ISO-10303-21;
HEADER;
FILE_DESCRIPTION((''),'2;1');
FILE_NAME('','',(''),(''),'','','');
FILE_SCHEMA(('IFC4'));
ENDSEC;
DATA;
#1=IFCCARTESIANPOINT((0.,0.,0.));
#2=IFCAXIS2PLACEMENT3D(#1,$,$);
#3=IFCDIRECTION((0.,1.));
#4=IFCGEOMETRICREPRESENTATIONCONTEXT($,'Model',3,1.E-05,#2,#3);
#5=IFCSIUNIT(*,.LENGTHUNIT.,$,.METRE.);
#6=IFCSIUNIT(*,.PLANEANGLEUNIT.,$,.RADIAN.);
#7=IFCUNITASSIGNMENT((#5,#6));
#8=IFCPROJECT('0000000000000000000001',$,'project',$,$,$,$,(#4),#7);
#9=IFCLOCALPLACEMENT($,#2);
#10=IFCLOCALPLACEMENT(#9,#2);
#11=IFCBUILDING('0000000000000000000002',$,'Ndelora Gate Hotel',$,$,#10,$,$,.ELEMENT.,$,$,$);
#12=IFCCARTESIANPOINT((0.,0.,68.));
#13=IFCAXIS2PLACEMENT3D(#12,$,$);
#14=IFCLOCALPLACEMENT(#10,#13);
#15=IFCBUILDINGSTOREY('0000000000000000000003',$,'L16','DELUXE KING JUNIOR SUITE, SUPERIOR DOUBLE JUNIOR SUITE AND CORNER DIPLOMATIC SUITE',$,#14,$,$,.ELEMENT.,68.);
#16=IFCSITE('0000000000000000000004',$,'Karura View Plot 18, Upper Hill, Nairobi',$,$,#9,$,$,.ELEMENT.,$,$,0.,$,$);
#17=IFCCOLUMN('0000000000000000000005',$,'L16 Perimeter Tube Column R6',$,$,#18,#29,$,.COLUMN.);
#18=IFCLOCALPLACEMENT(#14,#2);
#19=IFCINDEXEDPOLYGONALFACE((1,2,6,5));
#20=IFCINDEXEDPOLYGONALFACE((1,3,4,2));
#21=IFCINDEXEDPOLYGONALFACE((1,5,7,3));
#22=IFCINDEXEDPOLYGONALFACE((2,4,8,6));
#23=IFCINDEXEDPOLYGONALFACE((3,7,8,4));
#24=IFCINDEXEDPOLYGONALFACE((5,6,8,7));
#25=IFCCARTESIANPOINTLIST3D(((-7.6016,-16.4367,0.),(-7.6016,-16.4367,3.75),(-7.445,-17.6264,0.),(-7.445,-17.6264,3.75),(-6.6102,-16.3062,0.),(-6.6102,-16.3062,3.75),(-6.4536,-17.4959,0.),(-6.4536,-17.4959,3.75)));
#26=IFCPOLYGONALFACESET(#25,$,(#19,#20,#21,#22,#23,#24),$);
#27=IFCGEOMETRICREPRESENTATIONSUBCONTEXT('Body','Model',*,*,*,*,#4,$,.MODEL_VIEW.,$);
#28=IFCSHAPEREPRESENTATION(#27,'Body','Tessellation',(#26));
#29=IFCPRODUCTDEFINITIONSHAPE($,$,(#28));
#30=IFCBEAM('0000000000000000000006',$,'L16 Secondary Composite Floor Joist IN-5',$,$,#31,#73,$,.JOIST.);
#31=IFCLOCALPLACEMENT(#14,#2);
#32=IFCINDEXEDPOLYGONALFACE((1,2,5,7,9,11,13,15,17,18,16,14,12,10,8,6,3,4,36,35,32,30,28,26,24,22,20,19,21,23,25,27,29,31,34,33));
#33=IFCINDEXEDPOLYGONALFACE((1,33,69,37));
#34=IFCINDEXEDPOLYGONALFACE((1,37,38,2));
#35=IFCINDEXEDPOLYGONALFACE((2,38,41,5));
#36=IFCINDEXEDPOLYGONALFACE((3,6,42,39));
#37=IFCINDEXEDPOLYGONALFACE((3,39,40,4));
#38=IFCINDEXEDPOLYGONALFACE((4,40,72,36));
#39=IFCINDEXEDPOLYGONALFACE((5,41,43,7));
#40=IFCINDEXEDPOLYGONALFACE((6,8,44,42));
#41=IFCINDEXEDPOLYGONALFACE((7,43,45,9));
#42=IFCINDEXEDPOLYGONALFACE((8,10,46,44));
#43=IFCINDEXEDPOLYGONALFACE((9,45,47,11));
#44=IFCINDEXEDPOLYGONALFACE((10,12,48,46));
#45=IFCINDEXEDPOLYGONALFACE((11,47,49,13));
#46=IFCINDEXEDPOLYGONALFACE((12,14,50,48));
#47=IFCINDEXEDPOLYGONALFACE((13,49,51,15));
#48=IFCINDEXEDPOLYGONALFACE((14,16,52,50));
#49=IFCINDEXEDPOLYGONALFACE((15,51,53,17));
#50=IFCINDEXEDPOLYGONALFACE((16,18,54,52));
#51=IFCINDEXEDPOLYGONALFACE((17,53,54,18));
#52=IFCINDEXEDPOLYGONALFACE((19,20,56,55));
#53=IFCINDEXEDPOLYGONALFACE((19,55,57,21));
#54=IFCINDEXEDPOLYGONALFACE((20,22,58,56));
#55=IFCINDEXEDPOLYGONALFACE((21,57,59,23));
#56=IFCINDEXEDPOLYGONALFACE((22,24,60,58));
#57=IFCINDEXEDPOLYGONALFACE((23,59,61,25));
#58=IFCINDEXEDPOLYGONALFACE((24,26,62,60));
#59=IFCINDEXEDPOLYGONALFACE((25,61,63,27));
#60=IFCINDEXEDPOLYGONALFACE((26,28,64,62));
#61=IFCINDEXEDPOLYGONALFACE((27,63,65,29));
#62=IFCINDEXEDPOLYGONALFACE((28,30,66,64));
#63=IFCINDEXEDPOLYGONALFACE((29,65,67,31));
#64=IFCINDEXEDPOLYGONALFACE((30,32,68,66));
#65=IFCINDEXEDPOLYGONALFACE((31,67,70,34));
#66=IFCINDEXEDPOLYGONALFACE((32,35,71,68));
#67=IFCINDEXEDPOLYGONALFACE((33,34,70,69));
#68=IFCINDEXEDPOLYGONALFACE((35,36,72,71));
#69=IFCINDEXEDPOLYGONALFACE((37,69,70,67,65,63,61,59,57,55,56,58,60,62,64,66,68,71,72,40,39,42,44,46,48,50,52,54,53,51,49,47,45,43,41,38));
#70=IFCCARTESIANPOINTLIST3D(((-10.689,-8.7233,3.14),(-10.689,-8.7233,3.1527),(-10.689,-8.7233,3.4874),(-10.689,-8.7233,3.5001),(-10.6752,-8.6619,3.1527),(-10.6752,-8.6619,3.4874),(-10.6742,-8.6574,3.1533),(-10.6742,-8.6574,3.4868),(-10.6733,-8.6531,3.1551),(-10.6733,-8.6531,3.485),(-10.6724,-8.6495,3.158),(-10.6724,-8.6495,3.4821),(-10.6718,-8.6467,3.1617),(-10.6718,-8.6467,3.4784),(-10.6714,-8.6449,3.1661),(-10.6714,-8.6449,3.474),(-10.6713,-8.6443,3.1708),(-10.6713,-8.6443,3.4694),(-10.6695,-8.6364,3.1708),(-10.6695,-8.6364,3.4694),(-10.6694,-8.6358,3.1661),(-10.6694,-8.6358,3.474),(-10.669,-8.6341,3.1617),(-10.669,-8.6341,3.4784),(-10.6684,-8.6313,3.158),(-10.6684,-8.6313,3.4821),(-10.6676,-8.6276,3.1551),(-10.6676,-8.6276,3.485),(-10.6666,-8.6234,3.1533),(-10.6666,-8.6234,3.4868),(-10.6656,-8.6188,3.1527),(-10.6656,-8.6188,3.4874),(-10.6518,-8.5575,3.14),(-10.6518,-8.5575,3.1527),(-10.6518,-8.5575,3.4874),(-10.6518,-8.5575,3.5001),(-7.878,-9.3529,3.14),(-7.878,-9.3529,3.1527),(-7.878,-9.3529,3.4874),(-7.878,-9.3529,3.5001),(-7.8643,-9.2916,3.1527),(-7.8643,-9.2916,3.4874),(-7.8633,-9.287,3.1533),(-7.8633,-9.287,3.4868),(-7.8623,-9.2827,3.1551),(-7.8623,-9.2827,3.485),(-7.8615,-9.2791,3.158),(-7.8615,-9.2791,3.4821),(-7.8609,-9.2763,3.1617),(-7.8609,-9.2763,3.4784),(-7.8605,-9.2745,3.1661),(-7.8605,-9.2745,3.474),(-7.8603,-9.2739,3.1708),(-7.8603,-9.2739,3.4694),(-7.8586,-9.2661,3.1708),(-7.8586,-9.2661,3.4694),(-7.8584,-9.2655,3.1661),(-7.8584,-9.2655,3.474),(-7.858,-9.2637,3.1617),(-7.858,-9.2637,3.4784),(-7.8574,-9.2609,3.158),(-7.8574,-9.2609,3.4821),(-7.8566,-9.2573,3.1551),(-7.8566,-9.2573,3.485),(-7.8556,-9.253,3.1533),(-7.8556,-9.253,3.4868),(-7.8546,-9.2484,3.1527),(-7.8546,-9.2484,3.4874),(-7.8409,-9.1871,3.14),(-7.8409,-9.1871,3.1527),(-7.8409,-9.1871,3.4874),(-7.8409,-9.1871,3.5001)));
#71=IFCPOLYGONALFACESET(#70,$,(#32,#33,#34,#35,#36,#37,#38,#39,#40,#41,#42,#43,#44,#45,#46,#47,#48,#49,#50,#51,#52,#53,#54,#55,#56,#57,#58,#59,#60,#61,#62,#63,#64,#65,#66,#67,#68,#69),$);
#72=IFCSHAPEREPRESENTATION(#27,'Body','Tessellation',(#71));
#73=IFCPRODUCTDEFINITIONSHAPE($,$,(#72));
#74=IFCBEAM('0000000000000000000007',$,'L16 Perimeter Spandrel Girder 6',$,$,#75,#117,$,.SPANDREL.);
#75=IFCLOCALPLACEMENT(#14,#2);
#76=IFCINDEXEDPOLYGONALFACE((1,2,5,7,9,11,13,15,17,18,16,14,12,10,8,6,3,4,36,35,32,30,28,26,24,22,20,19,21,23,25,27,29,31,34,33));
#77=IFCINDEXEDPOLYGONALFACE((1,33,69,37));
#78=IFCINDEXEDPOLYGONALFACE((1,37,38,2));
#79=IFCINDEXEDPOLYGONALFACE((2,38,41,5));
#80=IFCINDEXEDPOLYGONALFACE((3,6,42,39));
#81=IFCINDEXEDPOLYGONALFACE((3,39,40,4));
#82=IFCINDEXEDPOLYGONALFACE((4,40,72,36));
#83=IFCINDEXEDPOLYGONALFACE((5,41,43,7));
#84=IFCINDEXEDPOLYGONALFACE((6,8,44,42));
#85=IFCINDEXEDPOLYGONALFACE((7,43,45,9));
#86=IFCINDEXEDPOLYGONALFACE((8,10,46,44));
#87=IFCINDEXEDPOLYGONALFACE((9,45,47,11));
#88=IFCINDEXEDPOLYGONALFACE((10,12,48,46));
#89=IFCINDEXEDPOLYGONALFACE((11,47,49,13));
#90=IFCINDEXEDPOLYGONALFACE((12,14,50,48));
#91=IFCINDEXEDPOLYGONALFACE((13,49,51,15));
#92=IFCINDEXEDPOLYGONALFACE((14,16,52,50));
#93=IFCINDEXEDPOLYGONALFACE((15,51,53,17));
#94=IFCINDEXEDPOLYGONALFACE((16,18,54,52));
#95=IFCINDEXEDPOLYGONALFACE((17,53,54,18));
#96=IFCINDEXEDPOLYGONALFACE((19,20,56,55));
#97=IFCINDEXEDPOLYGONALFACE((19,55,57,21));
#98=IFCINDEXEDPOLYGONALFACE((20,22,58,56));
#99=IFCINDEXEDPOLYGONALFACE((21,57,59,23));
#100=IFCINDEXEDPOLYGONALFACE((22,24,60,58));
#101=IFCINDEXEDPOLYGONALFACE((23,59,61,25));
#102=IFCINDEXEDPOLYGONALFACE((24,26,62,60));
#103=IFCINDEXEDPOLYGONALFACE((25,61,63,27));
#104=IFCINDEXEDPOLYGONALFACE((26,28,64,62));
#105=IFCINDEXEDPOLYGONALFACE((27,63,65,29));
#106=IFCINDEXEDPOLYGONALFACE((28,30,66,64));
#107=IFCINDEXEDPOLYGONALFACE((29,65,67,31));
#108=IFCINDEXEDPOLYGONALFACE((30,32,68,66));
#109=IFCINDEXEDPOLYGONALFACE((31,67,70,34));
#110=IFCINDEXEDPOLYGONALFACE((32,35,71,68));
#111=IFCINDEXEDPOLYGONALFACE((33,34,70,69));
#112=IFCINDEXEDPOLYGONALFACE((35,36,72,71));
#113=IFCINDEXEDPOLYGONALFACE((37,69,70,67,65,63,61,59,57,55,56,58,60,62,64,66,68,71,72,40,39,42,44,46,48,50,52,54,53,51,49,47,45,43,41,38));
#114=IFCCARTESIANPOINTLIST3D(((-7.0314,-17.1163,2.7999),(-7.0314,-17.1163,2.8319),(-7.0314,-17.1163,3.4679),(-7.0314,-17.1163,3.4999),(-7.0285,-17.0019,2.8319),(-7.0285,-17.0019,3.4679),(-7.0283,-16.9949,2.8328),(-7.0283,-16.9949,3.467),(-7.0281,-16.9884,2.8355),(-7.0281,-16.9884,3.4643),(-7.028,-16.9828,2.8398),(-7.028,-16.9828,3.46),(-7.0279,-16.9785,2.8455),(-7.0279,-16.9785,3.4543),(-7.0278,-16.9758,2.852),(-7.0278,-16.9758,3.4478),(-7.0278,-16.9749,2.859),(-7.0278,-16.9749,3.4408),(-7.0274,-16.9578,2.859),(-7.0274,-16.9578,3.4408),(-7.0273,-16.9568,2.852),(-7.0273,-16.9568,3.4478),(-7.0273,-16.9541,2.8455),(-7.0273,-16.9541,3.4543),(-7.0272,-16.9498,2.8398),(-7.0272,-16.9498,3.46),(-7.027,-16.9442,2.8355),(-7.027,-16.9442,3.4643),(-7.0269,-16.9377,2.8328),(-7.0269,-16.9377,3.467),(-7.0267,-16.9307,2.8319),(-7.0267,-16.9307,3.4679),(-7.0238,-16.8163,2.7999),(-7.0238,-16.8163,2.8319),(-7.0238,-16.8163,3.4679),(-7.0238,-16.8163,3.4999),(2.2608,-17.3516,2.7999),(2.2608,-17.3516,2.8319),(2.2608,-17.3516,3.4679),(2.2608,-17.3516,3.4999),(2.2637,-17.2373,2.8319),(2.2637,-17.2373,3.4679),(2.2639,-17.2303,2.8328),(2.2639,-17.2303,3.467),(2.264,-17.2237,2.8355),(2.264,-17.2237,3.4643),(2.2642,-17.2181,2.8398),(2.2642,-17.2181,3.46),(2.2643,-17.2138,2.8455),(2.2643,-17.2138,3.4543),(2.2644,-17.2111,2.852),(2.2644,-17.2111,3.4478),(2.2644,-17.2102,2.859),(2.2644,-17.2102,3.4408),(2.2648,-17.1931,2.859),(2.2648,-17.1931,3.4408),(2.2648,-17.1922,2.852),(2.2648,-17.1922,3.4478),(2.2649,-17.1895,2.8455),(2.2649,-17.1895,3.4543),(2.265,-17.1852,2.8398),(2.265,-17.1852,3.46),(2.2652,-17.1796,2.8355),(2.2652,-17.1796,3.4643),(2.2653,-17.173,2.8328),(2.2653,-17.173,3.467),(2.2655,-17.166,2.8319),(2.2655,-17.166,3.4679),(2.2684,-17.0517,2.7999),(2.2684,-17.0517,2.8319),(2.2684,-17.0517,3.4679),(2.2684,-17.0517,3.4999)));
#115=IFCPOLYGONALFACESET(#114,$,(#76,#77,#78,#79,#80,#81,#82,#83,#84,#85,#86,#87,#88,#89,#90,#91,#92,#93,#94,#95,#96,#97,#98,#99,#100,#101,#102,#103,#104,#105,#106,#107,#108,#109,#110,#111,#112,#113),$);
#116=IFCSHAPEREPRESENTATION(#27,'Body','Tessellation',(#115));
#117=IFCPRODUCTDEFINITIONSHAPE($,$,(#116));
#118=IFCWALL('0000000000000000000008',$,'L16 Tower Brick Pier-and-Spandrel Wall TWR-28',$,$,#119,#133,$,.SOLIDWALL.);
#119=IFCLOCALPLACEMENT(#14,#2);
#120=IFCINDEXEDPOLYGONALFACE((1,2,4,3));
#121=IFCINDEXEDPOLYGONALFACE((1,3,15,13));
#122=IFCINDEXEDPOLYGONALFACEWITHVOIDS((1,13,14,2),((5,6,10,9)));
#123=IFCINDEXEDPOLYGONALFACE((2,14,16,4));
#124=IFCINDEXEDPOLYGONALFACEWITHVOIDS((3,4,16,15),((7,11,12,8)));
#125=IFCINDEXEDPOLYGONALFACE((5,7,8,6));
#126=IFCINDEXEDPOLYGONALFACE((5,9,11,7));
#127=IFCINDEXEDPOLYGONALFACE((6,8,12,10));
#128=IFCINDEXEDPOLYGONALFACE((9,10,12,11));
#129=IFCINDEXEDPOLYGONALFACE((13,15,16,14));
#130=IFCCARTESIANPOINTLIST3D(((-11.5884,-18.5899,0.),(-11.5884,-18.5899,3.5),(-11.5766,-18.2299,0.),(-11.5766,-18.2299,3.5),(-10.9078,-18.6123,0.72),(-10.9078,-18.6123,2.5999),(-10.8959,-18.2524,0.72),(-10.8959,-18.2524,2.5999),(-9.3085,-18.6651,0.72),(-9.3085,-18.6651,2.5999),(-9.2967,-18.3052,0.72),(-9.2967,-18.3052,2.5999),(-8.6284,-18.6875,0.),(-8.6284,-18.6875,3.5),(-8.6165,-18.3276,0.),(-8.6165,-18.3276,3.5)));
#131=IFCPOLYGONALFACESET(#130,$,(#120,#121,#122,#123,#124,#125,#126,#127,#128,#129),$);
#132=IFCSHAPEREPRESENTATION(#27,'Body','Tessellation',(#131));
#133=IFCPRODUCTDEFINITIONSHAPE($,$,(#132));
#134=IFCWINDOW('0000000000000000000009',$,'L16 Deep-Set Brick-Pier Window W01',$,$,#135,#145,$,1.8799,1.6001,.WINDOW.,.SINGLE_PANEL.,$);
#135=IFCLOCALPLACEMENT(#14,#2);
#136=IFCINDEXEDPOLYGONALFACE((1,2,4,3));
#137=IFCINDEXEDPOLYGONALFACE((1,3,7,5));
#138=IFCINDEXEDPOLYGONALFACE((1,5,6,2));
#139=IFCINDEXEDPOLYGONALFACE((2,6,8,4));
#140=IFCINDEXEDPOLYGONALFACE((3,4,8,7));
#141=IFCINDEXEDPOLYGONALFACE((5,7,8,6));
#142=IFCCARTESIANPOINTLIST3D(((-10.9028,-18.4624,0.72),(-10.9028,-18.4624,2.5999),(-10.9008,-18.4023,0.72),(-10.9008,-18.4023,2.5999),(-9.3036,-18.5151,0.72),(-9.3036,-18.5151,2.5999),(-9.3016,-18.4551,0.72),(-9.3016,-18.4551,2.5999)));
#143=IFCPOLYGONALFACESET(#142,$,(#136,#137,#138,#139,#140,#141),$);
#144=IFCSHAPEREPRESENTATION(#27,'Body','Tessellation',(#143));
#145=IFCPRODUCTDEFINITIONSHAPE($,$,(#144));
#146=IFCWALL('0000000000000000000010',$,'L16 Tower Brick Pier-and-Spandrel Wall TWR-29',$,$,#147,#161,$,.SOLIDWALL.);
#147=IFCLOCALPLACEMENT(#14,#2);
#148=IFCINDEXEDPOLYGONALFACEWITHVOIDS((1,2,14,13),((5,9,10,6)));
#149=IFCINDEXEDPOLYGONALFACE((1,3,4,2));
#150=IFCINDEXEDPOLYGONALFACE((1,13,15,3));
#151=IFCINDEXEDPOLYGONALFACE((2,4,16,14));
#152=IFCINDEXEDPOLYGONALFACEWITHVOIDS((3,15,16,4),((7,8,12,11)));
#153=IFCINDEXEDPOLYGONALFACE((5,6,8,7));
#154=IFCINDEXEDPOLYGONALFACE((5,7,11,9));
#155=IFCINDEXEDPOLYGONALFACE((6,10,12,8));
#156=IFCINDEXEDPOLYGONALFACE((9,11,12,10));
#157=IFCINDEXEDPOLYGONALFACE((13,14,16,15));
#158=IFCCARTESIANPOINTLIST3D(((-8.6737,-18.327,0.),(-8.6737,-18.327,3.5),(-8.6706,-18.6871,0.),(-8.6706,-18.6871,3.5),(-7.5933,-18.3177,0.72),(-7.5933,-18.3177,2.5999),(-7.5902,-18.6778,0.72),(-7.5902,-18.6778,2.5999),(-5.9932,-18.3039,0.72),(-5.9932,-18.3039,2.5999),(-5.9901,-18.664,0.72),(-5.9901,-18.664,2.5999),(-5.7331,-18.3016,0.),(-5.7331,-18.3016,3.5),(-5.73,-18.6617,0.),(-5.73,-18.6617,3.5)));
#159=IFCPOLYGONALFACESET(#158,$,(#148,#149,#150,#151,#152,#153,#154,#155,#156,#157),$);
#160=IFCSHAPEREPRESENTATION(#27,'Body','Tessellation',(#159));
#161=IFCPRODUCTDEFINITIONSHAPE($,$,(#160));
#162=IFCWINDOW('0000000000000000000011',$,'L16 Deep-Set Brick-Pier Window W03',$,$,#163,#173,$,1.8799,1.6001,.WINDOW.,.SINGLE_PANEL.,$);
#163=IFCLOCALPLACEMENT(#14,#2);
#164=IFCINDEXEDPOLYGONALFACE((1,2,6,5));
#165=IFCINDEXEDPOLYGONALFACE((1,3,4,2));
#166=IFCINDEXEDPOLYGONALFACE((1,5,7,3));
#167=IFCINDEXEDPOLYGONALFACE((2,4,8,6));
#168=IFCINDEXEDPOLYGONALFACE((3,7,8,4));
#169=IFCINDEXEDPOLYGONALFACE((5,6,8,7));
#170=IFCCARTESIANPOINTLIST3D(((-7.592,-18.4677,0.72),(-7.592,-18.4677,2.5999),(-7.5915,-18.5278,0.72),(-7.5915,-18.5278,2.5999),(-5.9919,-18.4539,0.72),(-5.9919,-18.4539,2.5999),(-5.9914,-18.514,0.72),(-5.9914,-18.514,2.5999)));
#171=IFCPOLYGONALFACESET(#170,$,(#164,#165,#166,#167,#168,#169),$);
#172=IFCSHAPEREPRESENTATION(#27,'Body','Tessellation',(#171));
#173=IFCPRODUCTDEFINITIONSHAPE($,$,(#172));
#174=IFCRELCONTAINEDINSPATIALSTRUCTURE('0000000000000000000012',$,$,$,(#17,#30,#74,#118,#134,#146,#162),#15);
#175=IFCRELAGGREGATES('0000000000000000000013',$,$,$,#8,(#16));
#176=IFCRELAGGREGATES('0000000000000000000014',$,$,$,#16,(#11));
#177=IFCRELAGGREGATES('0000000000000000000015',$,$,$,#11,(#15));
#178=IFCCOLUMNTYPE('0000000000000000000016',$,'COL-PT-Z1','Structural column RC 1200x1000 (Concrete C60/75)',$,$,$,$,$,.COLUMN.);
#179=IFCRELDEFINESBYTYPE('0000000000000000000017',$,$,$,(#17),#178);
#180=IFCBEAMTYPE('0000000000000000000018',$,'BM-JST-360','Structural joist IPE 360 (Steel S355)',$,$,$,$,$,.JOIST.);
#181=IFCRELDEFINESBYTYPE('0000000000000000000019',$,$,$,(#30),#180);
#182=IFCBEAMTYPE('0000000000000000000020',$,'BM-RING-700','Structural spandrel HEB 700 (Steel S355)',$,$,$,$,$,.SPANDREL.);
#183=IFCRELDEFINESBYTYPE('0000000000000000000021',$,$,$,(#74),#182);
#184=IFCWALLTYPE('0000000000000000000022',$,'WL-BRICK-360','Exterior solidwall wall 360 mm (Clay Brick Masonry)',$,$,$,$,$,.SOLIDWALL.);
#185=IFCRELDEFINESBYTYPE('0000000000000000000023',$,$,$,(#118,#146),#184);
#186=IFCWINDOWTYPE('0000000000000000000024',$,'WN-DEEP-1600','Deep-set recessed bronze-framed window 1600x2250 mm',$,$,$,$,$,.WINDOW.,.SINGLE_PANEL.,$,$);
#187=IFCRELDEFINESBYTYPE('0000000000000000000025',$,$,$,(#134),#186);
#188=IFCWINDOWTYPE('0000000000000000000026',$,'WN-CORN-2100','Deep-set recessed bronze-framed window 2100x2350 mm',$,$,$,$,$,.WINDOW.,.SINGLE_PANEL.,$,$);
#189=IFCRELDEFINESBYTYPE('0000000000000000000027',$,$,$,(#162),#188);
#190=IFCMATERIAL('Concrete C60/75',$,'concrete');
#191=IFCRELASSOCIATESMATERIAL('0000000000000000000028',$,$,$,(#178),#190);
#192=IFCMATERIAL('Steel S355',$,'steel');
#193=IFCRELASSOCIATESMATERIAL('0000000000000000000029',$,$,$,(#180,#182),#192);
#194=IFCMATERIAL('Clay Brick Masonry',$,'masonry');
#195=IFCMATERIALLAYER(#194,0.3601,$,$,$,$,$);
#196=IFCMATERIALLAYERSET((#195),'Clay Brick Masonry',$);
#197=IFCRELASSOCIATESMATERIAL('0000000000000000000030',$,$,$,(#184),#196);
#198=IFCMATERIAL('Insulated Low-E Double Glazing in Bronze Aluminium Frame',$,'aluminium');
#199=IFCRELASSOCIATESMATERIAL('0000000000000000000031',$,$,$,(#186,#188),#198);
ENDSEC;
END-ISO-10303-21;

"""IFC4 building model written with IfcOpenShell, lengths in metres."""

from ifc_helpers import new_model, si_unit, direction, frame, frame_2d, origin, origin_2d, place, context, subcontext, project, spatial, rectangle, i_section, extrude, material, layer, layer_set, material_profile, profile_set, type_object, element, fill, save


model = new_model("IFC4")

# Units and contexts
model_context = context("Model", 3, precision=1e-05, world=origin(), true_north=direction((0.0, 1.0)))
body_context = subcontext(model_context, "Body", "Model", "MODEL_VIEW")
ifc_project = project(units=[si_unit("LENGTHUNIT", "METRE"), si_unit("PLANEANGLEUNIT", "RADIAN")], contexts=[model_context])

# Site, building, storey
site_placement = place(None, origin())
site = spatial("IfcSite", under=ifc_project, at=site_placement, Name="Karura View Plot 18, Upper Hill, Nairobi", CompositionType="ELEMENT", RefElevation=0.0)
building_placement = place(site_placement, origin())
building = spatial("IfcBuilding", under=site, at=building_placement, Name="Ndelora Gate Hotel", CompositionType="ELEMENT")
storey_placement = place(building_placement, frame((0.0, 0.0, 68.0)))
storey = spatial("IfcBuildingStorey", under=building, at=storey_placement, Name="L16", Description="DELUXE KING JUNIOR SUITE, SUPERIOR DOUBLE JUNIOR SUITE AND CORNER DIPLOMATIC SUITE", CompositionType="ELEMENT", Elevation=68.0)

# Column
ifc_material_1 = material(Name="Concrete C60/75", Category="concrete")
ifc_material_profile_1 = material_profile(ifc_material_1, rectangle(XDim=1.0, YDim=1.2, at=origin_2d()), Name="RC 1200x1000")
ifc_profile_set_1 = profile_set([ifc_material_profile_1], Name="Concrete C60/75")
column_type = type_object("IfcColumnType", Name="COL-PT-Z1", Description="Structural column RC 1200x1000 (Concrete C60/75)", PredefinedType="COLUMN", material=ifc_profile_set_1)
column_placement = place(storey_placement, frame((-7.0276, -16.9663, 0.0), z_axis=(0.0, 0.0, 1.0), x_axis=(0.991445, 0.130526, 0.0)))
element("IfcColumn", 1, at=column_placement, inside=storey, type_object=column_type, Name="L16 Perimeter Tube Column R6", PredefinedType="COLUMN", context=body_context, shape_type="SweptSolid", body=[
    extrude(rectangle(XDim=1.0, YDim=1.2, at=origin_2d()), origin(), (0.0, 0.0, 1.0), 3.75),
])

# Beams
ifc_material_2 = material(Name="Steel S355", Category="steel")
ifc_material_profile_2 = material_profile(ifc_material_2, i_section(OverallWidth=0.1699, OverallDepth=0.3601, WebThickness=0.0081, FlangeThickness=0.0127, FilletRadius=0.0181, at=origin_2d()), Name="IPE 360")
ifc_profile_set_2 = profile_set([ifc_material_profile_2], Name="Steel S355")
beam_type_1 = type_object("IfcBeamType", Name="BM-JST-360", Description="Structural joist IPE 360 (Steel S355)", PredefinedType="JOIST", material=ifc_profile_set_2)
beam_1_placement = place(storey_placement, frame((-10.6704, -8.6404, 3.3201), z_axis=(0.975821, -0.218572, 0.0), x_axis=(0.218572, 0.975821, 0.0)))
element("IfcBeam", 2, at=beam_1_placement, inside=storey, type_object=beam_type_1, Name="L16 Secondary Composite Floor Joist IN-5", PredefinedType="JOIST", context=body_context, shape_type="SweptSolid", body=[
    extrude(i_section(OverallWidth=0.1699, OverallDepth=0.3601, WebThickness=0.0081, FlangeThickness=0.0127, FilletRadius=0.0181, at=origin_2d()), origin(), (0.0, 0.0, 1.0), 2.8806),
])
ifc_material_profile_3 = material_profile(ifc_material_2, i_section(OverallWidth=0.3, OverallDepth=0.7, WebThickness=0.0171, FlangeThickness=0.032, FilletRadius=0.0271, at=origin_2d()), Name="HEB 700")
ifc_profile_set_3 = profile_set([ifc_material_profile_3], Name="Steel S355")
beam_type_2 = type_object("IfcBeamType", Name="BM-RING-700", Description="Structural spandrel HEB 700 (Steel S355)", PredefinedType="SPANDREL", material=ifc_profile_set_3)
beam_2_placement = place(storey_placement, frame((-7.0276, -16.9663, 3.1499), z_axis=(0.999679, -0.02532, 0.0), x_axis=(0.02532, 0.999679, 0.0)))
element("IfcBeam", 3, at=beam_2_placement, inside=storey, type_object=beam_type_2, Name="L16 Perimeter Spandrel Girder 6", PredefinedType="SPANDREL", context=body_context, shape_type="SweptSolid", body=[
    extrude(i_section(OverallWidth=0.3, OverallDepth=0.7, WebThickness=0.0171, FlangeThickness=0.032, FilletRadius=0.0271, at=origin_2d()), origin(), (0.0, 0.0, 1.0), 9.2952),
])

# Walls, openings, windows
ifc_material_3 = material(Name="Clay Brick Masonry", Category="masonry")
ifc_layer_1 = layer(ifc_material_3, 0.3601)
ifc_layer_set_1 = layer_set([ifc_layer_1], Name="Clay Brick Masonry")
wall_type_1 = type_object("IfcWallType", Name="WL-BRICK-360", Description="Exterior solidwall wall 360 mm (Clay Brick Masonry)", PredefinedType="SOLIDWALL", material=ifc_layer_set_1)
wall_1_placement = place(storey_placement, frame((-8.6223, -18.5076, 0.0), z_axis=(0.0, 0.0, 1.0), x_axis=(-0.999456, 0.032974, 0.0)))
wall_1 = element("IfcWall", 4, at=wall_1_placement, inside=storey, type_object=wall_type_1, Name="L16 Tower Brick Pier-and-Spandrel Wall TWR-28", PredefinedType="SOLIDWALL", context=body_context, shape_type="SweptSolid", body=[
    extrude(rectangle(XDim=2.9617, YDim=0.3601, at=frame_2d((1.481, 0.0))), origin(), (0.0, 0.0, 1.0), 3.5),
])
opening_1_placement = place(wall_1_placement, frame((0.6807, 0.0, 0.72)))
opening_1 = element("IfcOpeningElement", 5, at=opening_1_placement, cuts=wall_1, PredefinedType="OPENING", context=body_context, shape_type="SweptSolid", body=[
    extrude(rectangle(XDim=1.6001, YDim=1.8799, at=frame_2d((0.8, 0.9399))), frame((0.0, 0.1899, 0.0), z_axis=(0.0, -1.0, 0.0), x_axis=(1.0, 0.0, 0.0)), (0.0, 0.0, 1.0), 0.3801),
])
ifc_material_4 = material(Name="Insulated Low-E Double Glazing in Bronze Aluminium Frame", Category="aluminium")
window_type_1 = type_object("IfcWindowType", Name="WN-DEEP-1600", Description="Deep-set recessed bronze-framed window 1600x2250 mm", PartitioningType="SINGLE_PANEL", PredefinedType="WINDOW", material=ifc_material_4)
window_1_placement = place(opening_1_placement, origin())
window_1 = element("IfcWindow", 6, at=window_1_placement, inside=storey, type_object=window_type_1, Name="L16 Deep-Set Brick-Pier Window W01", OverallHeight=1.8799, OverallWidth=1.6001, PartitioningType="SINGLE_PANEL", PredefinedType="WINDOW", context=body_context, shape_type="SweptSolid", body=[
    extrude(rectangle(XDim=1.6001, YDim=1.8799, at=frame_2d((0.8, 0.9399))), frame((0.0, 0.03, 0.0), z_axis=(0.0, -1.0, 0.0), x_axis=(1.0, 0.0, 0.0)), (0.0, 0.0, 1.0), 0.0601),
])
fill(opening_1, window_1)
wall_2_placement = place(storey_placement, frame((-5.7317, -18.4817, 0.0), z_axis=(0.0, 0.0, 1.0), x_axis=(-0.999963, -0.008634, 0.0)))
wall_2 = element("IfcWall", 7, at=wall_2_placement, inside=storey, type_object=wall_type_1, Name="L16 Tower Brick Pier-and-Spandrel Wall TWR-29", PredefinedType="SOLIDWALL", context=body_context, shape_type="SweptSolid", body=[
    extrude(rectangle(XDim=2.9407, YDim=0.3601, at=frame_2d((1.4702, 0.0))), origin(), (0.0, 0.0, 1.0), 3.5),
])
opening_2_placement = place(wall_2_placement, frame((0.26, 0.0, 0.72)))
opening_2 = element("IfcOpeningElement", 8, at=opening_2_placement, cuts=wall_2, PredefinedType="OPENING", context=body_context, shape_type="SweptSolid", body=[
    extrude(rectangle(XDim=1.6001, YDim=1.8799, at=frame_2d((0.8, 0.9399))), frame((0.0, 0.1899, 0.0), z_axis=(0.0, -1.0, 0.0), x_axis=(1.0, 0.0, 0.0)), (0.0, 0.0, 1.0), 0.3801),
])
window_type_2 = type_object("IfcWindowType", Name="WN-CORN-2100", Description="Deep-set recessed bronze-framed window 2100x2350 mm", PartitioningType="SINGLE_PANEL", PredefinedType="WINDOW", material=ifc_material_4)
window_2_placement = place(opening_2_placement, origin())
window_2 = element("IfcWindow", 9, at=window_2_placement, inside=storey, type_object=window_type_2, Name="L16 Deep-Set Brick-Pier Window W03", OverallHeight=1.8799, OverallWidth=1.6001, PartitioningType="SINGLE_PANEL", PredefinedType="WINDOW", context=body_context, shape_type="SweptSolid", body=[
    extrude(rectangle(XDim=1.6001, YDim=1.8799, at=frame_2d((0.8, 0.9399))), frame((0.0, 0.03, 0.0), z_axis=(0.0, -1.0, 0.0), x_axis=(1.0, 0.0, 0.0)), (0.0, 0.0, 1.0), 0.0601),
])
fill(opening_2, window_2)

save(model, "model.ifc")
